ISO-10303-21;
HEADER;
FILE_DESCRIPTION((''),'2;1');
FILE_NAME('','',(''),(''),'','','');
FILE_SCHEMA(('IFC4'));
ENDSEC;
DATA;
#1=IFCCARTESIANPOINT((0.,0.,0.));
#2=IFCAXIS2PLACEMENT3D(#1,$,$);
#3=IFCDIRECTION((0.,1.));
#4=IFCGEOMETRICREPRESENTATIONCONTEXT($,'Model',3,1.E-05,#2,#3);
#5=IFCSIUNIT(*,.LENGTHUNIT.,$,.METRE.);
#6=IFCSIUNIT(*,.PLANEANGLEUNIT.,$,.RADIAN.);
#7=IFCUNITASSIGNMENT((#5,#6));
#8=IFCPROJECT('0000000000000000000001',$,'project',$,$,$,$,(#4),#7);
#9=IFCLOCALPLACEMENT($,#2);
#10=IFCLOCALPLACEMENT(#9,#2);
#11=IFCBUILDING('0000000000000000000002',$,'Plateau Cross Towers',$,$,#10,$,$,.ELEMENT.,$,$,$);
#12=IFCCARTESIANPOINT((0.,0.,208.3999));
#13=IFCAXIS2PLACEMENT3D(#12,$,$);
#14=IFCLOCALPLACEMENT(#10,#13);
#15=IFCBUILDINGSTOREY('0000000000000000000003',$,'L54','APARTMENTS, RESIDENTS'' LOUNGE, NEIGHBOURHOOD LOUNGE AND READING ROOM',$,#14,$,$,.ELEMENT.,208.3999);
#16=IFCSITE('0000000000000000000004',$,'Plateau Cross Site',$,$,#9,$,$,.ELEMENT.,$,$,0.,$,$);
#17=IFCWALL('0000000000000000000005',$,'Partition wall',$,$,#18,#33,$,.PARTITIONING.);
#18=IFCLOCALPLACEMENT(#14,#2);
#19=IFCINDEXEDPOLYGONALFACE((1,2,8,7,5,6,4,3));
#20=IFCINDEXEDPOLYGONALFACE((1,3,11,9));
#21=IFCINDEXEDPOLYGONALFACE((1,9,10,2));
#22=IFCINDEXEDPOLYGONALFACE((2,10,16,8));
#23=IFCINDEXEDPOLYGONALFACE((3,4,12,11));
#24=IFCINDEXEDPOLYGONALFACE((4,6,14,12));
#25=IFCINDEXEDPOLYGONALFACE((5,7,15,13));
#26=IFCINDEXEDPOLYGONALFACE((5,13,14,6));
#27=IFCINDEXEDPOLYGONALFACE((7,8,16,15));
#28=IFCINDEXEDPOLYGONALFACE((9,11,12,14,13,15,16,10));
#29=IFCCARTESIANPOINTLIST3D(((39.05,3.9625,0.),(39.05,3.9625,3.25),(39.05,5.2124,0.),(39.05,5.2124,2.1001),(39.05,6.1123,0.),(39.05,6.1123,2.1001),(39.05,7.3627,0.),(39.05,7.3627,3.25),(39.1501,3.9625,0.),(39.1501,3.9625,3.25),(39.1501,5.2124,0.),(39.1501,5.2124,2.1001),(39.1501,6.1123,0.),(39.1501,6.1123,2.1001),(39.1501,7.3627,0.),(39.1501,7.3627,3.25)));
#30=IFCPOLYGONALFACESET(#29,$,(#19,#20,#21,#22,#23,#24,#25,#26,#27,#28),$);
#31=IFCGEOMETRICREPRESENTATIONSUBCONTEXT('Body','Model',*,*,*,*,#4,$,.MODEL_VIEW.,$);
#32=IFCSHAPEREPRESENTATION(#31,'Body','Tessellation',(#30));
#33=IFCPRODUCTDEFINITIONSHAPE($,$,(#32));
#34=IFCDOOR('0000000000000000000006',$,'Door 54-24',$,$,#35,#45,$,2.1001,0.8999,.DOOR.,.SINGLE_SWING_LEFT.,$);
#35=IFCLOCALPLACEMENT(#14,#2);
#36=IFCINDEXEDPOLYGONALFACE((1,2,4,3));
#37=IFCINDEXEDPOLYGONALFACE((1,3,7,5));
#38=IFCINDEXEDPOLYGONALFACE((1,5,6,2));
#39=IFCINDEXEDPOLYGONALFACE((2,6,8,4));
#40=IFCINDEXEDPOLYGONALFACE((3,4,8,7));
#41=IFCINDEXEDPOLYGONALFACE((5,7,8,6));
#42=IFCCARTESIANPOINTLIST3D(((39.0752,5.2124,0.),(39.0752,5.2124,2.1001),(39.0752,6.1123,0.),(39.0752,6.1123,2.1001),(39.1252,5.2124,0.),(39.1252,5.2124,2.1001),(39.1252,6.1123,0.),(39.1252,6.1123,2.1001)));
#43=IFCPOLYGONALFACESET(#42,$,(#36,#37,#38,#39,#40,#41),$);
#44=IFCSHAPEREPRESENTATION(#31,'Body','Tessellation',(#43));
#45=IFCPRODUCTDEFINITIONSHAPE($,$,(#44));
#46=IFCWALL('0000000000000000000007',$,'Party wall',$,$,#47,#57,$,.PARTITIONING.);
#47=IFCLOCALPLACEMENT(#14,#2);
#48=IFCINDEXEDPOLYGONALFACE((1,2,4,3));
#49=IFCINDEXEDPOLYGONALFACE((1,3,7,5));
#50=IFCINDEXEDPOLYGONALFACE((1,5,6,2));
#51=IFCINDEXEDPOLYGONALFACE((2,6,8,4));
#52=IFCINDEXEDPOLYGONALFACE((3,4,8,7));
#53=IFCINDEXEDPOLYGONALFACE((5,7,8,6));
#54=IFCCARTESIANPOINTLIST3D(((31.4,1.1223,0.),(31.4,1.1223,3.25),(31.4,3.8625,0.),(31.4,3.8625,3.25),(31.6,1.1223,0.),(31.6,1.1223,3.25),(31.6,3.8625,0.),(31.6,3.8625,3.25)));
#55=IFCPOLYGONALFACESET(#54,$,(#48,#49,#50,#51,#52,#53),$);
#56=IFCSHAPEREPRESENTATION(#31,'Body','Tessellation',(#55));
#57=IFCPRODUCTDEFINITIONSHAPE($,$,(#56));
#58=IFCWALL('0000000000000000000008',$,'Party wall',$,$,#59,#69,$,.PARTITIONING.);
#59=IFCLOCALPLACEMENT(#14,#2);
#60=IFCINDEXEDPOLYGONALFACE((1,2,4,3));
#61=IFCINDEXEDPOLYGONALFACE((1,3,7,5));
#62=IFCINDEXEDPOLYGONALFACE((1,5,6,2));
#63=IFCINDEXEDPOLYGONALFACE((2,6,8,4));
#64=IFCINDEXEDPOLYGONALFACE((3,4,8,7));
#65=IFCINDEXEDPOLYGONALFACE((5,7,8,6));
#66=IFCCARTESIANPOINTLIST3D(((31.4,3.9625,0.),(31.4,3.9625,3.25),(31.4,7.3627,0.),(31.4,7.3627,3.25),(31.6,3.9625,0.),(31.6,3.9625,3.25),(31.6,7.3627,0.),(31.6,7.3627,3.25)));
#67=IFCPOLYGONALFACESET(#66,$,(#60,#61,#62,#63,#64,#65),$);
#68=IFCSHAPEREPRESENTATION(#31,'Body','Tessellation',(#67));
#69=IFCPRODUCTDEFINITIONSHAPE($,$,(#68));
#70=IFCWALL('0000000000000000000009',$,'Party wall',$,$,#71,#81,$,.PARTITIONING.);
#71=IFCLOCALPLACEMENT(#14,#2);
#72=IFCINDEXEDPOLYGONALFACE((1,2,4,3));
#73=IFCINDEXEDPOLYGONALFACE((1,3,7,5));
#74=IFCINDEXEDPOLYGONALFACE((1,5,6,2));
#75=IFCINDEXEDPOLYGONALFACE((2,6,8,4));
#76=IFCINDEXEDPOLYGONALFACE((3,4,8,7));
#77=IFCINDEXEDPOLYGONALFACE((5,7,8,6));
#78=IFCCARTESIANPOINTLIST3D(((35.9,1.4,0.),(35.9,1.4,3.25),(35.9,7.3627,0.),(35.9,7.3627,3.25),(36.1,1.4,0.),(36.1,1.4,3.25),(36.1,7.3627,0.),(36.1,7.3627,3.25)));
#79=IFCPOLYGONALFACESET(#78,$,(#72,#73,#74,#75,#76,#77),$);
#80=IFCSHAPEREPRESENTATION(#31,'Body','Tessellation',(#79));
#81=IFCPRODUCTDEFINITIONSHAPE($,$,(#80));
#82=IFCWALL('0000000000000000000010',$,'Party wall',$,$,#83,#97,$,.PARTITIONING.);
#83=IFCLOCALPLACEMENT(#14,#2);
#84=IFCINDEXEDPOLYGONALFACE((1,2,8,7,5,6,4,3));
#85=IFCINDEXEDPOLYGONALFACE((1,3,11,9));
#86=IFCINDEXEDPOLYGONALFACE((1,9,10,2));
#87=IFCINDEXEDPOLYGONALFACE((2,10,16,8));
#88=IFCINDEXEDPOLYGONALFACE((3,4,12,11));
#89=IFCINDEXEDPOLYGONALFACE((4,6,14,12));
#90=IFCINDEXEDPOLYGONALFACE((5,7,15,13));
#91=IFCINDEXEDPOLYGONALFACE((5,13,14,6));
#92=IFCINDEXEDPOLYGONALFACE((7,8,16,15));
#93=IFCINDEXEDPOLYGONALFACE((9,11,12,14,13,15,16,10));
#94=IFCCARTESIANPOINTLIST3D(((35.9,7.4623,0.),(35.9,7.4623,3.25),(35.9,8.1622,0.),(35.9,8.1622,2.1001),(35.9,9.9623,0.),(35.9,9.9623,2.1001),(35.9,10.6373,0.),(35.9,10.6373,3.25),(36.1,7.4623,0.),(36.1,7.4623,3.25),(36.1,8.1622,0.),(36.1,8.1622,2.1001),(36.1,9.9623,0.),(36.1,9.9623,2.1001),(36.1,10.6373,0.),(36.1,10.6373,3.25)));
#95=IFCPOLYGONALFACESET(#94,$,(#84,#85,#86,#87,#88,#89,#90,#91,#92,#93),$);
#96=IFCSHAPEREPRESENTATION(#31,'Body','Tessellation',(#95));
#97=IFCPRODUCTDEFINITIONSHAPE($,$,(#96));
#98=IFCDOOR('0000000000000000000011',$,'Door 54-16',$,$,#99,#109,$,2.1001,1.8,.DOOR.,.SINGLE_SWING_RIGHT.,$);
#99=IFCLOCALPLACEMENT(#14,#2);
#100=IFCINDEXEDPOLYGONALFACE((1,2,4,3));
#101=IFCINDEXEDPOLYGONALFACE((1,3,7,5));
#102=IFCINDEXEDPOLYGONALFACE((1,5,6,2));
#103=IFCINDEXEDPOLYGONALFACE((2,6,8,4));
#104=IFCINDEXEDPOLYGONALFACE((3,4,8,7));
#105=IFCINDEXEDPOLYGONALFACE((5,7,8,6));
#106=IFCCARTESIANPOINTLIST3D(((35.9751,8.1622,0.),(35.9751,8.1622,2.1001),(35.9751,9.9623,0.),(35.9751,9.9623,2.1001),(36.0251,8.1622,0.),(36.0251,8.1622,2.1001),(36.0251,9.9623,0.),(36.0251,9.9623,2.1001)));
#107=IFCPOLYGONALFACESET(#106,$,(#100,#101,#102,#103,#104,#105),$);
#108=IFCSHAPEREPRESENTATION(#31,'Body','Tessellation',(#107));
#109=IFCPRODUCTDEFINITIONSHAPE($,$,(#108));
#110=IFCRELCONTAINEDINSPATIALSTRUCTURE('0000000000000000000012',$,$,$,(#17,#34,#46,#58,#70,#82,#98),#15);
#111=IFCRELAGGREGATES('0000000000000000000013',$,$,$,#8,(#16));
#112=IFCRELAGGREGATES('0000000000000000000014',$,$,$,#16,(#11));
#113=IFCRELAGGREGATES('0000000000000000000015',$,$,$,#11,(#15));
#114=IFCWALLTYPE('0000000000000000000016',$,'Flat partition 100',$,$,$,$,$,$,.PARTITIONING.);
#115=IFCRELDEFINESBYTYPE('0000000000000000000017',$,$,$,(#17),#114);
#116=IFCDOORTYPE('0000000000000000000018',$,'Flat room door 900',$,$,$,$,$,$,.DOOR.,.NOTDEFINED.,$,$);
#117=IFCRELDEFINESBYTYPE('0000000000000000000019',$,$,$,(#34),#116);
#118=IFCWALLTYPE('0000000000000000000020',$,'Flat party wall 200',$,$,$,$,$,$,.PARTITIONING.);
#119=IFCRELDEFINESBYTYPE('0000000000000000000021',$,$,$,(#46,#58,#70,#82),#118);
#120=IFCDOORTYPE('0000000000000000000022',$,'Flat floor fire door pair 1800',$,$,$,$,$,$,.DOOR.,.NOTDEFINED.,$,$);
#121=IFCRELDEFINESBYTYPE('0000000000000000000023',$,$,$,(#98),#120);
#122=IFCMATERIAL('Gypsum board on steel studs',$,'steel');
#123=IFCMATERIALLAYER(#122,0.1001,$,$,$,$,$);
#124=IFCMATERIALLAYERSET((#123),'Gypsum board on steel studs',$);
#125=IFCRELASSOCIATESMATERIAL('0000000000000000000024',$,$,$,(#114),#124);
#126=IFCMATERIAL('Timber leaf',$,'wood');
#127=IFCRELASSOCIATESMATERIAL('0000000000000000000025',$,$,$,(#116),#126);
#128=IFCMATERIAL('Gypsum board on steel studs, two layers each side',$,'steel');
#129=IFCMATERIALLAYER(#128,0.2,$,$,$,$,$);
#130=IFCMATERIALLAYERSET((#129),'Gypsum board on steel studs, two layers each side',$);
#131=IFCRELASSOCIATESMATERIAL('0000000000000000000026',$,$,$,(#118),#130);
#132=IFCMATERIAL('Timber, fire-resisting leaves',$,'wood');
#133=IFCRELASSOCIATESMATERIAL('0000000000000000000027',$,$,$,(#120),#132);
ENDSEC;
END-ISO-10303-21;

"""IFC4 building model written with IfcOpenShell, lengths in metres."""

from ifc_helpers import new_model, si_unit, direction, frame, frame_2d, origin, place, context, subcontext, project, spatial, rectangle, extrude, material, layer, layer_set, type_object, element, fill, save


model = new_model("IFC4")

# Units and contexts
model_context = context("Model", 3, precision=1e-05, world=origin(), true_north=direction((0.0, 1.0)))
body_context = subcontext(model_context, "Body", "Model", "MODEL_VIEW")
ifc_project = project(units=[si_unit("LENGTHUNIT", "METRE"), si_unit("PLANEANGLEUNIT", "RADIAN")], contexts=[model_context])

# Site, building, storey
site_placement = place(None, origin())
site = spatial("IfcSite", under=ifc_project, at=site_placement, Name="Plateau Cross Site", CompositionType="ELEMENT", RefElevation=0.0)
building_placement = place(site_placement, origin())
building = spatial("IfcBuilding", under=site, at=building_placement, Name="Plateau Cross Towers", CompositionType="ELEMENT")
storey_placement = place(building_placement, frame((0.0, 0.0, 208.3999)))
storey = spatial("IfcBuildingStorey", under=building, at=storey_placement, Name="L54", Description="APARTMENTS, RESIDENTS' LOUNGE, NEIGHBOURHOOD LOUNGE AND READING ROOM", CompositionType="ELEMENT", Elevation=208.3999)

# Shared definitions
ifc_material_1 = material(Name="Gypsum board on steel studs", Category="steel")
ifc_layer_1 = layer(ifc_material_1, 0.1001)
ifc_layer_set_1 = layer_set([ifc_layer_1], Name="Gypsum board on steel studs")
wall_type_1 = type_object("IfcWallType", Name="Flat partition 100", PredefinedType="PARTITIONING", material=ifc_layer_set_1)
ifc_material_2 = material(Name="Timber leaf", Category="wood")
door_type_1 = type_object("IfcDoorType", Name="Flat room door 900", OperationType="NOTDEFINED", PredefinedType="DOOR", material=ifc_material_2)

# Wall, opening, door
wall_1_placement = place(storey_placement, frame((39.1001, 3.9624, 0.0), z_axis=(0.0, 0.0, 1.0), x_axis=(0.0, 1.0, 0.0)))
wall_1 = element("IfcWall", 1, at=wall_1_placement, inside=storey, type_object=wall_type_1, Name="Partition wall", PredefinedType="PARTITIONING", context=body_context, shape_type="SweptSolid", body=[
    extrude(rectangle(XDim=3.4001, YDim=0.1001, at=frame_2d((1.7002, 0.0))), origin(), (0.0, 0.0, 1.0), 3.25),
])
opening_1_placement = place(wall_1_placement, frame((1.25, 0.0, 0.0)))
opening_1 = element("IfcOpeningElement", 2, at=opening_1_placement, cuts=wall_1, PredefinedType="OPENING", context=body_context, shape_type="SweptSolid", body=[
    extrude(rectangle(XDim=0.8999, YDim=2.1001, at=frame_2d((0.45, 1.05))), frame((0.0, 0.0601, 0.0), z_axis=(0.0, -1.0, 0.0), x_axis=(1.0, 0.0, 0.0)), (0.0, 0.0, 1.0), 0.1201),
])
door_1_placement = place(opening_1_placement, origin())
door_1 = element("IfcDoor", 3, at=door_1_placement, inside=storey, type_object=door_type_1, Name="Door 54-24", OperationType="SINGLE_SWING_LEFT", OverallHeight=2.1001, OverallWidth=0.8999, PredefinedType="DOOR", context=body_context, shape_type="SweptSolid", body=[
    extrude(rectangle(XDim=0.8999, YDim=2.1001, at=frame_2d((0.45, 1.05))), frame((0.0, 0.0249, 0.0), z_axis=(0.0, -1.0, 0.0), x_axis=(1.0, 0.0, 0.0)), (0.0, 0.0, 1.0), 0.05),
])
fill(opening_1, door_1)

# Walls
ifc_material_3 = material(Name="Gypsum board on steel studs, two layers each side", Category="steel")
ifc_layer_2 = layer(ifc_material_3, 0.2)
ifc_layer_set_2 = layer_set([ifc_layer_2], Name="Gypsum board on steel studs, two layers each side")
wall_type_2 = type_object("IfcWallType", Name="Flat party wall 200", PredefinedType="PARTITIONING", material=ifc_layer_set_2)
wall_2_placement = place(storey_placement, frame((31.5, 3.8625, 0.0), z_axis=(0.0, 0.0, 1.0), x_axis=(0.0, -1.0, 0.0)))
element("IfcWall", 4, at=wall_2_placement, inside=storey, type_object=wall_type_2, Name="Party wall", PredefinedType="PARTITIONING", context=body_context, shape_type="SweptSolid", body=[
    extrude(rectangle(XDim=2.7402, YDim=0.2, at=frame_2d((1.3701, 0.0))), origin(), (0.0, 0.0, 1.0), 3.25),
])
wall_3_placement = place(storey_placement, frame((31.5, 3.9624, 0.0), z_axis=(0.0, 0.0, 1.0), x_axis=(0.0, 1.0, 0.0)))
element("IfcWall", 5, at=wall_3_placement, inside=storey, type_object=wall_type_2, Name="Party wall", PredefinedType="PARTITIONING", context=body_context, shape_type="SweptSolid", body=[
    extrude(rectangle(XDim=3.4001, YDim=0.2, at=frame_2d((1.7002, 0.0))), origin(), (0.0, 0.0, 1.0), 3.25),
])
wall_4_placement = place(storey_placement, frame((36.0, 1.3999, 0.0), z_axis=(0.0, 0.0, 1.0), x_axis=(0.0, 1.0, 0.0)))
element("IfcWall", 6, at=wall_4_placement, inside=storey, type_object=wall_type_2, Name="Party wall", PredefinedType="PARTITIONING", context=body_context, shape_type="SweptSolid", body=[
    extrude(rectangle(XDim=5.9626, YDim=0.2, at=frame_2d((2.9814, 0.0))), origin(), (0.0, 0.0, 1.0), 3.25),
])

# Wall, opening, door
wall_5_placement = place(storey_placement, frame((36.0, 7.4624, 0.0), z_axis=(0.0, 0.0, 1.0), x_axis=(0.0, 1.0, 0.0)))
wall_5 = element("IfcWall", 7, at=wall_5_placement, inside=storey, type_object=wall_type_2, Name="Party wall", PredefinedType="PARTITIONING", context=body_context, shape_type="SweptSolid", body=[
    extrude(rectangle(XDim=3.175, YDim=0.2, at=frame_2d((1.5874, 0.0))), origin(), (0.0, 0.0, 1.0), 3.25),
])
opening_2_placement = place(wall_5_placement, frame((0.7, 0.0, 0.0)))
opening_2 = element("IfcOpeningElement", 8, at=opening_2_placement, cuts=wall_5, PredefinedType="OPENING", context=body_context, shape_type="SweptSolid", body=[
    extrude(rectangle(XDim=1.8, YDim=2.1001, at=frame_2d((0.8999, 1.05))), frame((0.0, 0.1099, 0.0), z_axis=(0.0, -1.0, 0.0), x_axis=(1.0, 0.0, 0.0)), (0.0, 0.0, 1.0), 0.22),
])
ifc_material_4 = material(Name="Timber, fire-resisting leaves", Category="wood")
door_type_2 = type_object("IfcDoorType", Name="Flat floor fire door pair 1800", OperationType="NOTDEFINED", PredefinedType="DOOR", material=ifc_material_4)
door_2_placement = place(opening_2_placement, origin())
door_2 = element("IfcDoor", 9, at=door_2_placement, inside=storey, type_object=door_type_2, Name="Door 54-16", OperationType="SINGLE_SWING_RIGHT", OverallHeight=2.1001, OverallWidth=1.8, PredefinedType="DOOR", context=body_context, shape_type="SweptSolid", body=[
    extrude(rectangle(XDim=1.8, YDim=2.1001, at=frame_2d((0.8999, 1.05))), frame((0.0, 0.0249, 0.0), z_axis=(0.0, -1.0, 0.0), x_axis=(1.0, 0.0, 0.0)), (0.0, 0.0, 1.0), 0.05),
])
fill(opening_2, door_2)

save(model, "model.ifc")
